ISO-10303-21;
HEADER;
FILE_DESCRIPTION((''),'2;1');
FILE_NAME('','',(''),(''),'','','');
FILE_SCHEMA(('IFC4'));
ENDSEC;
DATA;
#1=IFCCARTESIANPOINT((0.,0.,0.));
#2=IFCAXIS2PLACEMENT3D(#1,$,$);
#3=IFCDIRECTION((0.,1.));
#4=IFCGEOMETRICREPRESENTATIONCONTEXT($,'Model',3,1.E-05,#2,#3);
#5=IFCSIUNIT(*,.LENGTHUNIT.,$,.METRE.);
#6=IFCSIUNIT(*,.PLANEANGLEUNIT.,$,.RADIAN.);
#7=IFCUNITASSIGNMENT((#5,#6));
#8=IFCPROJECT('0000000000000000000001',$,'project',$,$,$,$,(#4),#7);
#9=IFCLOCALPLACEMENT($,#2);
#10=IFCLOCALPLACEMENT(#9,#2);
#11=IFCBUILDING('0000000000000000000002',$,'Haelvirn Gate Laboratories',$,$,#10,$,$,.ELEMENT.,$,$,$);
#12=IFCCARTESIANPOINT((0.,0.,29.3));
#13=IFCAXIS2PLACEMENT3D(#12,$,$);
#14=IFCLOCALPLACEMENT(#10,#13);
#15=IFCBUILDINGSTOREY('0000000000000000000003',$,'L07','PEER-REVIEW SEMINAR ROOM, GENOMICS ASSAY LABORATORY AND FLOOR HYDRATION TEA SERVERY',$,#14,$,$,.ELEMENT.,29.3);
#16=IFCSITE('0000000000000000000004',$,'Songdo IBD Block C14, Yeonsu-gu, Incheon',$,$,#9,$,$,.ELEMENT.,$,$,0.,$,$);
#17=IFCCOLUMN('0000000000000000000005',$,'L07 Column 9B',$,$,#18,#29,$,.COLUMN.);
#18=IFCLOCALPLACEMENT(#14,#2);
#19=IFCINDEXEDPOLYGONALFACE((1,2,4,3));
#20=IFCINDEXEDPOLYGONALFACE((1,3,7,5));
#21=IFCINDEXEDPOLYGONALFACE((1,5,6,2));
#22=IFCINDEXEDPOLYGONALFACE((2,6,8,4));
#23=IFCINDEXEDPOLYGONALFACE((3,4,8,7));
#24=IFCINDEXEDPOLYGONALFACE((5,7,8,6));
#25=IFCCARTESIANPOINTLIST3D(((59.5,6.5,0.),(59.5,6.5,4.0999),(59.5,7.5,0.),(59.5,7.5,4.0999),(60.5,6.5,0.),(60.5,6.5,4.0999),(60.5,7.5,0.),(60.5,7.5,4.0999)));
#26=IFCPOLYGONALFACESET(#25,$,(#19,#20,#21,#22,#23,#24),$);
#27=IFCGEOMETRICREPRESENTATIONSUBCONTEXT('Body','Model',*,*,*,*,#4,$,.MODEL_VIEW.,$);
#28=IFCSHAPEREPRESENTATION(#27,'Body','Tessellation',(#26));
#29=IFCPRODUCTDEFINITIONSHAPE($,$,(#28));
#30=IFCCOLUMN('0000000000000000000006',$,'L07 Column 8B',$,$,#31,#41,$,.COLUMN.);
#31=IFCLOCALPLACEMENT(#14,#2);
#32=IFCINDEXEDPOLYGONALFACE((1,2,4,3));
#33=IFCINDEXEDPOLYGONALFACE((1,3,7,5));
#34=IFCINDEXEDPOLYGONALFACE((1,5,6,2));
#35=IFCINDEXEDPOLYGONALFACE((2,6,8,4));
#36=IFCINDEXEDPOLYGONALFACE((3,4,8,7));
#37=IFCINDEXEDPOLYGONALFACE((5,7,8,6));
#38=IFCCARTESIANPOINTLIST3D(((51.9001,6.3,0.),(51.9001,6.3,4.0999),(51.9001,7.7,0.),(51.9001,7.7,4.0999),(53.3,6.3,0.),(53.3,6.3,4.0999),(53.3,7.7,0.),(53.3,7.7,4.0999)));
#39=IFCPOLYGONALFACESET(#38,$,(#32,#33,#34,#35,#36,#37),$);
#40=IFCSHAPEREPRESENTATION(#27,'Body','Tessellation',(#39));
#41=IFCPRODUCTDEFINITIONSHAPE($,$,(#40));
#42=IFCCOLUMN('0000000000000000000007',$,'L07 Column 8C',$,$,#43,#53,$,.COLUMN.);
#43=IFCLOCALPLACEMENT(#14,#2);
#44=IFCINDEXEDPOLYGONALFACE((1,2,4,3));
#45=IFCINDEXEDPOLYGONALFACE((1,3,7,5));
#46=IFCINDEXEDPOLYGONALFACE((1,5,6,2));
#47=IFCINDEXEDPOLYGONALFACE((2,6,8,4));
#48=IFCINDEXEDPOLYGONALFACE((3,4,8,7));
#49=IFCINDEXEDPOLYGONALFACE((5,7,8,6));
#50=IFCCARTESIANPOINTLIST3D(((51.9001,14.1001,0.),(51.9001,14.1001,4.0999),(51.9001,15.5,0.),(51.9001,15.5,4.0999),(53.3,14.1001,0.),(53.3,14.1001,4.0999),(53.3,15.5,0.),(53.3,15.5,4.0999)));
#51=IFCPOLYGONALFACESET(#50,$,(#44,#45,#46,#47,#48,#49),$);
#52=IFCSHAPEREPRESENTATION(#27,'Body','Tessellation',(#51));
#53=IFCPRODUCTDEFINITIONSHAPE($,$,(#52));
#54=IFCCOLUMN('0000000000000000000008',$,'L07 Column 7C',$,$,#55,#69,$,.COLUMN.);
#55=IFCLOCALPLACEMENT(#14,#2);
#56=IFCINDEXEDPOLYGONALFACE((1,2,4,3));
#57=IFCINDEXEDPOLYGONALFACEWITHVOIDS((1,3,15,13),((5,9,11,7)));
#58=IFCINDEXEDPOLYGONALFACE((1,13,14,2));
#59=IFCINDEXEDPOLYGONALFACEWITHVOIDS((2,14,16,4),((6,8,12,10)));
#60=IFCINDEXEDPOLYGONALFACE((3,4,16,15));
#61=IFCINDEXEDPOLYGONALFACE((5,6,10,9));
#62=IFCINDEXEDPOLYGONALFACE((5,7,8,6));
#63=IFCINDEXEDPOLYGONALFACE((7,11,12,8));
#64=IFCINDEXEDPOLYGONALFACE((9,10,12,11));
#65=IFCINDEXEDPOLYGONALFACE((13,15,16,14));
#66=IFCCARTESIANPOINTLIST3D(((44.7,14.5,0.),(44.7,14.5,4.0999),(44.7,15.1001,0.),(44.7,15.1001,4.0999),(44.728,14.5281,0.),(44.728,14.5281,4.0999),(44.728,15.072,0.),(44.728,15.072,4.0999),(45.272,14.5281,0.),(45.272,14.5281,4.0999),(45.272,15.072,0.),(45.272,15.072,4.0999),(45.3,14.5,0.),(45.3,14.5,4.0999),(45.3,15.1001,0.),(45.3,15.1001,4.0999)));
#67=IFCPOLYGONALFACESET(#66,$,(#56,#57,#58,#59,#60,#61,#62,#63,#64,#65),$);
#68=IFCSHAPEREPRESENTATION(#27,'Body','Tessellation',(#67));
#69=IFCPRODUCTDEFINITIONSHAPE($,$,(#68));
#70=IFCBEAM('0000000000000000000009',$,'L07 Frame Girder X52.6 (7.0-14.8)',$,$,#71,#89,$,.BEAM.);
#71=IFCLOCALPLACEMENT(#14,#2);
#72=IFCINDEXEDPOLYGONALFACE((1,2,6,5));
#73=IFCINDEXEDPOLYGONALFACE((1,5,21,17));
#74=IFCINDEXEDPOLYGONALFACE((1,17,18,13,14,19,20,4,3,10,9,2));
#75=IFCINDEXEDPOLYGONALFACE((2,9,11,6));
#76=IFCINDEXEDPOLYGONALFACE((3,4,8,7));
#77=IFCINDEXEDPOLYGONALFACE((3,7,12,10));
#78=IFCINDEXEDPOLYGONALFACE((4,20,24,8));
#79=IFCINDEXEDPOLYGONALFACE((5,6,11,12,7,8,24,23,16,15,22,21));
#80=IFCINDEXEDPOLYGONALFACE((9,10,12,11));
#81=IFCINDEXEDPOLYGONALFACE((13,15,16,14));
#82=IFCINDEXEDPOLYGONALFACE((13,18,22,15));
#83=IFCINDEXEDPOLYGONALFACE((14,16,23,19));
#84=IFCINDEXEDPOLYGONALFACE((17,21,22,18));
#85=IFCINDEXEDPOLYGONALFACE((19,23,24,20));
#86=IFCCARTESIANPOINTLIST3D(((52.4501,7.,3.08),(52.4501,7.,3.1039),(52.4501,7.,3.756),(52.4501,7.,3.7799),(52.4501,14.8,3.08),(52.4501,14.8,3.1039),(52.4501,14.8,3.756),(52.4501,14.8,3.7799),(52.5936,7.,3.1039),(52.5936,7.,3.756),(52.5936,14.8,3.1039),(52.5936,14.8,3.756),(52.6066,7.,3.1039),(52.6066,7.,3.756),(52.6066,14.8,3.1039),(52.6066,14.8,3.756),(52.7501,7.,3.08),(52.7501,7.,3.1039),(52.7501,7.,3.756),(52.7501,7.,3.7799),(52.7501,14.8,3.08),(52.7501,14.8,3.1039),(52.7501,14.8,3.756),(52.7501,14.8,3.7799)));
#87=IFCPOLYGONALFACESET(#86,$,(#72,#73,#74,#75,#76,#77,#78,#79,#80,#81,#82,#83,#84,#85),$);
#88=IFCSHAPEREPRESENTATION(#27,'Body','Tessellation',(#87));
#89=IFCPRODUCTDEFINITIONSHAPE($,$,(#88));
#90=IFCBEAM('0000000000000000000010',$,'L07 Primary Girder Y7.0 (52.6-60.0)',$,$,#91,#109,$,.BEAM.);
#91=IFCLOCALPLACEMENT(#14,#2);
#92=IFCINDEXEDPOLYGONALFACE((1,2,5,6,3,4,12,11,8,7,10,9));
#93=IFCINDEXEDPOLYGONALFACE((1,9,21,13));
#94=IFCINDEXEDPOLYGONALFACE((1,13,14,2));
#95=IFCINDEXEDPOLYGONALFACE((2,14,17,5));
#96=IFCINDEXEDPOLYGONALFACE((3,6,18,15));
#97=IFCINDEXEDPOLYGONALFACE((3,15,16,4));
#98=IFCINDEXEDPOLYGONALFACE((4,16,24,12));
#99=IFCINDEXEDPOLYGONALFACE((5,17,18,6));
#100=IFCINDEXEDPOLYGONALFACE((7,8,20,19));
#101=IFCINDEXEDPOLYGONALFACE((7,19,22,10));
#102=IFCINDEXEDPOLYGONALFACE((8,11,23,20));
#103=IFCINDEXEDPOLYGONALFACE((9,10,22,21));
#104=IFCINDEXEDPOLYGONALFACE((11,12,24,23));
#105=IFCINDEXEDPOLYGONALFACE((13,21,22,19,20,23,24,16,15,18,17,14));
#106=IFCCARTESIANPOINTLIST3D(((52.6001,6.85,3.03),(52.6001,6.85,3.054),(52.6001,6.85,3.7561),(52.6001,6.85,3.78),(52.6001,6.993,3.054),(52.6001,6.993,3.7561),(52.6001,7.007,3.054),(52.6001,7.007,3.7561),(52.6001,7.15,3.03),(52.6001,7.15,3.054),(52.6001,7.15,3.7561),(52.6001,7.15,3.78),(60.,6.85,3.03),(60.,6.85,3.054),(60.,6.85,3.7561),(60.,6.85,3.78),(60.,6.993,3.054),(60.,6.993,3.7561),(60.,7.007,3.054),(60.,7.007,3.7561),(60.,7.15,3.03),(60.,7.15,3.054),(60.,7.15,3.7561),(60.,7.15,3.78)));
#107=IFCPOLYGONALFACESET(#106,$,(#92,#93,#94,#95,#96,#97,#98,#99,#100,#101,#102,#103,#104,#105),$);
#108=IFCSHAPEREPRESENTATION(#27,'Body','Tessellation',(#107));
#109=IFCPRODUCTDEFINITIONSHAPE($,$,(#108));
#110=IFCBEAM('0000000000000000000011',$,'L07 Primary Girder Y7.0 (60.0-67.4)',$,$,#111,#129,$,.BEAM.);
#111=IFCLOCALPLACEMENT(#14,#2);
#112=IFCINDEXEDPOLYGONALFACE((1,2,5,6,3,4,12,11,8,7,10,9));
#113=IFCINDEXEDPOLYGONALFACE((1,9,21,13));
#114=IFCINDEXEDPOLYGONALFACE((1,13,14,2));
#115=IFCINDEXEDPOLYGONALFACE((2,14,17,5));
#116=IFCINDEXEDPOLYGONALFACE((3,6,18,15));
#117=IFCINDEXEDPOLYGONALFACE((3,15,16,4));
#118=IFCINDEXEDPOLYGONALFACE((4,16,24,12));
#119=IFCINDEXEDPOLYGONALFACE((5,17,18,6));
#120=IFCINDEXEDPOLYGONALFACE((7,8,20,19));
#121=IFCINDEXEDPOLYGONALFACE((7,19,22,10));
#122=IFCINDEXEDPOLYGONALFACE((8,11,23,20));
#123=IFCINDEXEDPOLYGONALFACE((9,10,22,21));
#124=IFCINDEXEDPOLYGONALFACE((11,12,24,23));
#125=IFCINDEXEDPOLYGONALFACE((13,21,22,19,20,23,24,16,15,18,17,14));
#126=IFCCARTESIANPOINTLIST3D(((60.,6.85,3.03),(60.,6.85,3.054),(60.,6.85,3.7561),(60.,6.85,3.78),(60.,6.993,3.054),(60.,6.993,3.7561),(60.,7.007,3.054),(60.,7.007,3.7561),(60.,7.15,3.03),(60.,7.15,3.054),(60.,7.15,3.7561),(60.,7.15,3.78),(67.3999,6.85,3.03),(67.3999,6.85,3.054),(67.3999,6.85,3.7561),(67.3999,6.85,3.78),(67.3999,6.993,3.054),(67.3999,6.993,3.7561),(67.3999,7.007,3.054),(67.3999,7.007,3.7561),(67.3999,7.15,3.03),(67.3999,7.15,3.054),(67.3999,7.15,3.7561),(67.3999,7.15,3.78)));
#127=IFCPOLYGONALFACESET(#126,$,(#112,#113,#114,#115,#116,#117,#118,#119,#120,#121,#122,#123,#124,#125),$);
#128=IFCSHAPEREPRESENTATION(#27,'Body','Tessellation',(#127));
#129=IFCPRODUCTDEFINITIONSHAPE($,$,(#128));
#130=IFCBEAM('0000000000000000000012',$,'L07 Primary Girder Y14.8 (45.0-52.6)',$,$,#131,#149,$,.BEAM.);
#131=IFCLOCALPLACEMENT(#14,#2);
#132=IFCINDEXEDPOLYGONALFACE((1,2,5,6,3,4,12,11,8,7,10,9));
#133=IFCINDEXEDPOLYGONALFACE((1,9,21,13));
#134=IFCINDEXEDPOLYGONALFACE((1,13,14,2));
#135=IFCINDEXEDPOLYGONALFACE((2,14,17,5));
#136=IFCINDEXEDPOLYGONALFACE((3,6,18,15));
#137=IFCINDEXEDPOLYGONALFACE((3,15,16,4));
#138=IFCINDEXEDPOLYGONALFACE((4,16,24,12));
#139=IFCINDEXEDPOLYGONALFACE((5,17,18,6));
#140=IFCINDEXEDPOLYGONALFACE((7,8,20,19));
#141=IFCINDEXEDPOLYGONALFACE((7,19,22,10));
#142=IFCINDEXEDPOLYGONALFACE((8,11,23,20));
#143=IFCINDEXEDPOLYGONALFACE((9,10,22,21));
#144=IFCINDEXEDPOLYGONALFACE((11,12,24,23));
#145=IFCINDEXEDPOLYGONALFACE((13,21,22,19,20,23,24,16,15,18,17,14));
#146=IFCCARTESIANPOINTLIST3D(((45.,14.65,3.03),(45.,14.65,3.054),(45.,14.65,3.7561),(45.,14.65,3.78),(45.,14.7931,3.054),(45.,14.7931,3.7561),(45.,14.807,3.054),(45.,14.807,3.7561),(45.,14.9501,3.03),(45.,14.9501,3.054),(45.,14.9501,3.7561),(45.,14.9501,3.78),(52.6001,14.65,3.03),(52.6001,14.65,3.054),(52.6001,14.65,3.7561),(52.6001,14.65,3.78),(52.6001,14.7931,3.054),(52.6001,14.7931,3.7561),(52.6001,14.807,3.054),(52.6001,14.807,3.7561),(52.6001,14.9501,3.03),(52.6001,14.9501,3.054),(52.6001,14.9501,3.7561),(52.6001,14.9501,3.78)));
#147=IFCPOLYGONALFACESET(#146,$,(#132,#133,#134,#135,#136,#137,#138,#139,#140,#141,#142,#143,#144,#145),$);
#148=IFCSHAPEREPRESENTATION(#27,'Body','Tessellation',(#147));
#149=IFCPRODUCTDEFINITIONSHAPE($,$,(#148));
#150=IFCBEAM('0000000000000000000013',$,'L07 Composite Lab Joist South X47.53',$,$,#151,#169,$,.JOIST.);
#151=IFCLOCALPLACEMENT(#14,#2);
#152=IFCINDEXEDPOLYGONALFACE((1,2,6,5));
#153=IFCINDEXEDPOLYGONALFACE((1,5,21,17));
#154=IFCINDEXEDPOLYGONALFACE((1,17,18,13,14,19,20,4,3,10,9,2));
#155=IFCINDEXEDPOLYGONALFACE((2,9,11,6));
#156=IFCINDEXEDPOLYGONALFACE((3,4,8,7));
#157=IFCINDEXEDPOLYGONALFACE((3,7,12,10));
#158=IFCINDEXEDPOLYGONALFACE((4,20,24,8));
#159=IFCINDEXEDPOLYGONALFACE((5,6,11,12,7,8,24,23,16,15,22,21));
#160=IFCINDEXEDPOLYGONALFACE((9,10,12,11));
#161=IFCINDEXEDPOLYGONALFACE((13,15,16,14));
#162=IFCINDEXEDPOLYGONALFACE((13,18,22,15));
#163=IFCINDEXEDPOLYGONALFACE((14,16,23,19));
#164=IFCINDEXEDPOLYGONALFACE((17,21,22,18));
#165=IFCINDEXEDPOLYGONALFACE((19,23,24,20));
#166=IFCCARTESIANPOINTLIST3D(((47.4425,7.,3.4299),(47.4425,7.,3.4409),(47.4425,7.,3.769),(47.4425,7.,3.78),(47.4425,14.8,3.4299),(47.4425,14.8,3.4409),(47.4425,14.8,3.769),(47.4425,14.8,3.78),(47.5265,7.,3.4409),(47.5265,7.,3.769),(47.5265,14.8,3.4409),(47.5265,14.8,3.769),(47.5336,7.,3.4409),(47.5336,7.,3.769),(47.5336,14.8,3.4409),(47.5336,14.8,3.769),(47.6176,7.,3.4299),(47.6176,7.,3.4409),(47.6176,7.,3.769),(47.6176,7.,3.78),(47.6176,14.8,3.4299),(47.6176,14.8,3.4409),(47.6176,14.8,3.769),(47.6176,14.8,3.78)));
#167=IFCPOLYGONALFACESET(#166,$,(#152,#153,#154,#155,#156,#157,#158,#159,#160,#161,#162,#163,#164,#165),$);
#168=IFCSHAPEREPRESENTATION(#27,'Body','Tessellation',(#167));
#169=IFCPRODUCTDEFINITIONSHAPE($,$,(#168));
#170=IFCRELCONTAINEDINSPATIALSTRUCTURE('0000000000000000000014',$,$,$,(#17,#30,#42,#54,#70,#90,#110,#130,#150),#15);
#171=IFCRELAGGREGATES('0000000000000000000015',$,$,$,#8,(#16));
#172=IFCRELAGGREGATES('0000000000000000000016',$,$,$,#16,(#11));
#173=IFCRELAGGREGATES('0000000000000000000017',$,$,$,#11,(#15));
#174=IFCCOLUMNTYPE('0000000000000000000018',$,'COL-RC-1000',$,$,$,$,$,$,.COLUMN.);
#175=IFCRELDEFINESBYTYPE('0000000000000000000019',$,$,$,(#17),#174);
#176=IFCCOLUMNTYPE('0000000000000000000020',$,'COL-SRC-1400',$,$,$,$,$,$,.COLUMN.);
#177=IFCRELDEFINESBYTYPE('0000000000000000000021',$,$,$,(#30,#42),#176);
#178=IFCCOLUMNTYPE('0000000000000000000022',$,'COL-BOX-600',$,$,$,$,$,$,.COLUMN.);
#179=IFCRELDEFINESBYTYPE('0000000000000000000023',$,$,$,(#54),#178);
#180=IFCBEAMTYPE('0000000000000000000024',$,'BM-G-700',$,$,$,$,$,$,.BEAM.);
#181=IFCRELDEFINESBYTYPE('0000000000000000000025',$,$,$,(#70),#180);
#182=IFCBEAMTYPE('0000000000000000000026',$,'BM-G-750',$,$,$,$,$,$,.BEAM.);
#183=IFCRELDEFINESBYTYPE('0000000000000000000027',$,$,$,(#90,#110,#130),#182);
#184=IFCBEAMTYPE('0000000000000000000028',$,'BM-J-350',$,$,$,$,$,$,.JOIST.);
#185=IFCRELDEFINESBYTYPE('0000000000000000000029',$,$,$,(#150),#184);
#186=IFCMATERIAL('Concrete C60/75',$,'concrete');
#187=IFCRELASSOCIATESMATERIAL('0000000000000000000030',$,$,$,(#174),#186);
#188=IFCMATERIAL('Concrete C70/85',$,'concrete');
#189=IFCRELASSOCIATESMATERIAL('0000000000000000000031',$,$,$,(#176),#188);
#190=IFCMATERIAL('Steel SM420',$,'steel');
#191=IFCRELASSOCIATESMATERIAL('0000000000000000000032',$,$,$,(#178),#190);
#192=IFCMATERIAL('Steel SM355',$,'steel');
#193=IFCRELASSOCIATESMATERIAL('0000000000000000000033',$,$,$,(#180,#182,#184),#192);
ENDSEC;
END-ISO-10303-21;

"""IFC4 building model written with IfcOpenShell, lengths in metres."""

from ifc_helpers import new_model, si_unit, direction, frame, origin, origin_2d, place, context, subcontext, project, spatial, rectangle, hollow_rectangle, i_section, extrude, source, transform, mapped, material, material_profile, profile_set, type_object, type_shapes, element, save


model = new_model("IFC4")

# Units and contexts
model_context = context("Model", 3, precision=1e-05, world=origin(), true_north=direction((0.0, 1.0)))
body_context = subcontext(model_context, "Body", "Model", "MODEL_VIEW")
ifc_project = project(units=[si_unit("LENGTHUNIT", "METRE"), si_unit("PLANEANGLEUNIT", "RADIAN")], contexts=[model_context])

# Site, building, storey
site_placement = place(None, origin())
site = spatial("IfcSite", under=ifc_project, at=site_placement, Name="Songdo IBD Block C14, Yeonsu-gu, Incheon", CompositionType="ELEMENT", RefElevation=0.0)
building_placement = place(site_placement, origin())
building = spatial("IfcBuilding", under=site, at=building_placement, Name="Haelvirn Gate Laboratories", CompositionType="ELEMENT")
storey_placement = place(building_placement, frame((0.0, 0.0, 29.3)))
storey = spatial("IfcBuildingStorey", under=building, at=storey_placement, Name="L07", Description="PEER-REVIEW SEMINAR ROOM, GENOMICS ASSAY LABORATORY AND FLOOR HYDRATION TEA SERVERY", CompositionType="ELEMENT", Elevation=29.3)

# Columns
ifc_material_1 = material(Name="Concrete C60/75", Category="concrete")
ifc_material_profile_1 = material_profile(ifc_material_1, rectangle(XDim=1.0, YDim=1.0, at=origin_2d()), Name="RC-1000x1000")
ifc_profile_set_1 = profile_set([ifc_material_profile_1], Name="Concrete C60/75")
column_type_1 = type_object("IfcColumnType", Name="COL-RC-1000", PredefinedType="COLUMN", material=ifc_profile_set_1)
shared_shape_1 = source(origin(), body_context, "Body", "SweptSolid", [
    extrude(rectangle(XDim=1.0, YDim=1.0, at=origin_2d()), origin(), (0.0, 0.0, 1.0), 4.0999),
])
type_shapes(column_type_1, [shared_shape_1])
column_1_placement = place(storey_placement, frame((60.0, 7.0, 0.0), z_axis=(0.0, 0.0, 1.0), x_axis=(1.0, 0.0, 0.0)))
element("IfcColumn", 1, at=column_1_placement, inside=storey, type_object=column_type_1, Name="L07 Column 9B", PredefinedType="COLUMN", context=body_context, shape_type="MappedRepresentation", body=[
    mapped(shared_shape_1, transform((0.0, 0.0, 0.0), scale=1.0)),
])
ifc_material_2 = material(Name="Concrete C70/85", Category="concrete")
ifc_material_profile_2 = material_profile(ifc_material_2, rectangle(XDim=1.3999, YDim=1.3999, at=origin_2d()), Name="SRC-1400x1400")
ifc_profile_set_2 = profile_set([ifc_material_profile_2], Name="Concrete C70/85")
column_type_2 = type_object("IfcColumnType", Name="COL-SRC-1400", PredefinedType="COLUMN", material=ifc_profile_set_2)
shared_shape_2 = source(origin(), body_context, "Body", "SweptSolid", [
    extrude(rectangle(XDim=1.3999, YDim=1.3999, at=origin_2d()), origin(), (0.0, 0.0, 1.0), 4.0999),
])
type_shapes(column_type_2, [shared_shape_2])
for number, where, z_axis, x_axis, name in (
    (2, (52.6001, 7.0, 0.0), (0.0, 0.0, 1.0), (1.0, 0.0, 0.0), "L07 Column 8B"),
    (3, (52.6001, 14.8, 0.0), (0.0, 0.0, 1.0), (1.0, 0.0, 0.0), "L07 Column 8C"),
):
    element("IfcColumn", number, at=place(storey_placement, frame(where, z_axis=z_axis, x_axis=x_axis)), inside=storey, type_object=column_type_2, Name=name, PredefinedType="COLUMN", context=body_context, shape_type="MappedRepresentation", body=[
        mapped(shared_shape_2, transform((0.0, 0.0, 0.0), scale=1.0)),
    ])
ifc_material_3 = material(Name="Steel SM420", Category="steel")
ifc_material_profile_3 = material_profile(ifc_material_3, hollow_rectangle(XDim=0.6001, YDim=0.6001, WallThickness=0.0281, at=origin_2d()), Name="BOX-600x600x28")
ifc_profile_set_3 = profile_set([ifc_material_profile_3], Name="Steel SM420")
column_type_3 = type_object("IfcColumnType", Name="COL-BOX-600", PredefinedType="COLUMN", material=ifc_profile_set_3)
shared_shape_3 = source(origin(), body_context, "Body", "SweptSolid", [
    extrude(hollow_rectangle(XDim=0.6001, YDim=0.6001, WallThickness=0.0281, at=origin_2d()), origin(), (0.0, 0.0, 1.0), 4.0999),
])
type_shapes(column_type_3, [shared_shape_3])
column_2_placement = place(storey_placement, frame((45.0, 14.8, 0.0), z_axis=(0.0, 0.0, 1.0), x_axis=(1.0, 0.0, 0.0)))
element("IfcColumn", 4, at=column_2_placement, inside=storey, type_object=column_type_3, Name="L07 Column 7C", PredefinedType="COLUMN", context=body_context, shape_type="MappedRepresentation", body=[
    mapped(shared_shape_3, transform((0.0, 0.0, 0.0), scale=1.0)),
])

# Beams
ifc_material_4 = material(Name="Steel SM355", Category="steel")
ifc_material_profile_4 = material_profile(ifc_material_4, i_section(OverallWidth=0.3, OverallDepth=0.7, WebThickness=0.0129, FlangeThickness=0.0239, at=origin_2d()), Name="H-700x300x13x24")
ifc_profile_set_4 = profile_set([ifc_material_profile_4], Name="Steel SM355")
beam_type_1 = type_object("IfcBeamType", Name="BM-G-700", PredefinedType="BEAM", material=ifc_profile_set_4)
shared_shape_4 = source(origin(), body_context, "Body", "SweptSolid", [
    extrude(i_section(OverallWidth=0.3, OverallDepth=0.7, WebThickness=0.0129, FlangeThickness=0.0239, at=origin_2d()), origin(), (0.0, 0.0, 1.0), 7.8),
])
type_shapes(beam_type_1, [shared_shape_4])
beam_1_placement = place(storey_placement, frame((52.6001, 7.0, 3.4299), z_axis=(0.0, 1.0, 0.0), x_axis=(-1.0, 0.0, 0.0)))
element("IfcBeam", 5, at=beam_1_placement, inside=storey, type_object=beam_type_1, Name="L07 Frame Girder X52.6 (7.0-14.8)", PredefinedType="BEAM", context=body_context, shape_type="MappedRepresentation", body=[
    mapped(shared_shape_4, transform((0.0, 0.0, 0.0), scale=1.0)),
])
ifc_material_profile_5 = material_profile(ifc_material_4, i_section(OverallWidth=0.3, OverallDepth=0.75, WebThickness=0.0139, FlangeThickness=0.0239, at=origin_2d()), Name="H-750x300x14x24")
ifc_profile_set_5 = profile_set([ifc_material_profile_5], Name="Steel SM355")
beam_type_2 = type_object("IfcBeamType", Name="BM-G-750", PredefinedType="BEAM", material=ifc_profile_set_5)
shared_shape_5 = source(origin(), body_context, "Body", "SweptSolid", [
    extrude(i_section(OverallWidth=0.3, OverallDepth=0.75, WebThickness=0.0139, FlangeThickness=0.0239, at=origin_2d()), origin(), (0.0, 0.0, 1.0), 7.3999),
])
for number, where, z_axis, x_axis, name in (
    (6, (52.6001, 7.0, 3.405), (1.0, 0.0, 0.0), (0.0, 1.0, 0.0), "L07 Primary Girder Y7.0 (52.6-60.0)"),
    (7, (60.0, 7.0, 3.405), (1.0, 0.0, 0.0), (0.0, 1.0, 0.0), "L07 Primary Girder Y7.0 (60.0-67.4)"),
):
    element("IfcBeam", number, at=place(storey_placement, frame(where, z_axis=z_axis, x_axis=x_axis)), inside=storey, type_object=beam_type_2, Name=name, PredefinedType="BEAM", context=body_context, shape_type="MappedRepresentation", body=[
        mapped(shared_shape_5, transform((0.0, 0.0, 0.0), scale=1.0)),
    ])
shared_shape_6 = source(origin(), body_context, "Body", "SweptSolid", [
    extrude(i_section(OverallWidth=0.3, OverallDepth=0.75, WebThickness=0.0139, FlangeThickness=0.0239, at=origin_2d()), origin(), (0.0, 0.0, 1.0), 7.6001),
])
type_shapes(beam_type_2, [shared_shape_5, shared_shape_6])
beam_2_placement = place(storey_placement, frame((45.0, 14.8, 3.405), z_axis=(1.0, 0.0, 0.0), x_axis=(0.0, 1.0, 0.0)))
element("IfcBeam", 8, at=beam_2_placement, inside=storey, type_object=beam_type_2, Name="L07 Primary Girder Y14.8 (45.0-52.6)", PredefinedType="BEAM", context=body_context, shape_type="MappedRepresentation", body=[
    mapped(shared_shape_6, transform((0.0, 0.0, 0.0), scale=1.0)),
])
ifc_material_profile_6 = material_profile(ifc_material_4, i_section(OverallWidth=0.175, OverallDepth=0.3501, WebThickness=0.0071, FlangeThickness=0.011, at=origin_2d()), Name="H-350x175x7x11")
ifc_profile_set_6 = profile_set([ifc_material_profile_6], Name="Steel SM355")
beam_type_3 = type_object("IfcBeamType", Name="BM-J-350", PredefinedType="JOIST", material=ifc_profile_set_6)
shared_shape_7 = source(origin(), body_context, "Body", "SweptSolid", [
    extrude(i_section(OverallWidth=0.175, OverallDepth=0.3501, WebThickness=0.0071, FlangeThickness=0.011, at=origin_2d()), origin(), (0.0, 0.0, 1.0), 7.8),
])
type_shapes(beam_type_3, [shared_shape_7])
for number, where, z_axis, x_axis, name in (
    (9, (47.53, 7.0, 3.605), (0.0, 1.0, 0.0), (-1.0, 0.0, 0.0), "L07 Composite Lab Joist South X47.53"),
):
    element("IfcBeam", number, at=place(storey_placement, frame(where, z_axis=z_axis, x_axis=x_axis)), inside=storey, type_object=beam_type_3, Name=name, PredefinedType="JOIST", context=body_context, shape_type="MappedRepresentation", body=[
        mapped(shared_shape_7, transform((0.0, 0.0, 0.0), scale=1.0)),
    ])

save(model, "model.ifc")
